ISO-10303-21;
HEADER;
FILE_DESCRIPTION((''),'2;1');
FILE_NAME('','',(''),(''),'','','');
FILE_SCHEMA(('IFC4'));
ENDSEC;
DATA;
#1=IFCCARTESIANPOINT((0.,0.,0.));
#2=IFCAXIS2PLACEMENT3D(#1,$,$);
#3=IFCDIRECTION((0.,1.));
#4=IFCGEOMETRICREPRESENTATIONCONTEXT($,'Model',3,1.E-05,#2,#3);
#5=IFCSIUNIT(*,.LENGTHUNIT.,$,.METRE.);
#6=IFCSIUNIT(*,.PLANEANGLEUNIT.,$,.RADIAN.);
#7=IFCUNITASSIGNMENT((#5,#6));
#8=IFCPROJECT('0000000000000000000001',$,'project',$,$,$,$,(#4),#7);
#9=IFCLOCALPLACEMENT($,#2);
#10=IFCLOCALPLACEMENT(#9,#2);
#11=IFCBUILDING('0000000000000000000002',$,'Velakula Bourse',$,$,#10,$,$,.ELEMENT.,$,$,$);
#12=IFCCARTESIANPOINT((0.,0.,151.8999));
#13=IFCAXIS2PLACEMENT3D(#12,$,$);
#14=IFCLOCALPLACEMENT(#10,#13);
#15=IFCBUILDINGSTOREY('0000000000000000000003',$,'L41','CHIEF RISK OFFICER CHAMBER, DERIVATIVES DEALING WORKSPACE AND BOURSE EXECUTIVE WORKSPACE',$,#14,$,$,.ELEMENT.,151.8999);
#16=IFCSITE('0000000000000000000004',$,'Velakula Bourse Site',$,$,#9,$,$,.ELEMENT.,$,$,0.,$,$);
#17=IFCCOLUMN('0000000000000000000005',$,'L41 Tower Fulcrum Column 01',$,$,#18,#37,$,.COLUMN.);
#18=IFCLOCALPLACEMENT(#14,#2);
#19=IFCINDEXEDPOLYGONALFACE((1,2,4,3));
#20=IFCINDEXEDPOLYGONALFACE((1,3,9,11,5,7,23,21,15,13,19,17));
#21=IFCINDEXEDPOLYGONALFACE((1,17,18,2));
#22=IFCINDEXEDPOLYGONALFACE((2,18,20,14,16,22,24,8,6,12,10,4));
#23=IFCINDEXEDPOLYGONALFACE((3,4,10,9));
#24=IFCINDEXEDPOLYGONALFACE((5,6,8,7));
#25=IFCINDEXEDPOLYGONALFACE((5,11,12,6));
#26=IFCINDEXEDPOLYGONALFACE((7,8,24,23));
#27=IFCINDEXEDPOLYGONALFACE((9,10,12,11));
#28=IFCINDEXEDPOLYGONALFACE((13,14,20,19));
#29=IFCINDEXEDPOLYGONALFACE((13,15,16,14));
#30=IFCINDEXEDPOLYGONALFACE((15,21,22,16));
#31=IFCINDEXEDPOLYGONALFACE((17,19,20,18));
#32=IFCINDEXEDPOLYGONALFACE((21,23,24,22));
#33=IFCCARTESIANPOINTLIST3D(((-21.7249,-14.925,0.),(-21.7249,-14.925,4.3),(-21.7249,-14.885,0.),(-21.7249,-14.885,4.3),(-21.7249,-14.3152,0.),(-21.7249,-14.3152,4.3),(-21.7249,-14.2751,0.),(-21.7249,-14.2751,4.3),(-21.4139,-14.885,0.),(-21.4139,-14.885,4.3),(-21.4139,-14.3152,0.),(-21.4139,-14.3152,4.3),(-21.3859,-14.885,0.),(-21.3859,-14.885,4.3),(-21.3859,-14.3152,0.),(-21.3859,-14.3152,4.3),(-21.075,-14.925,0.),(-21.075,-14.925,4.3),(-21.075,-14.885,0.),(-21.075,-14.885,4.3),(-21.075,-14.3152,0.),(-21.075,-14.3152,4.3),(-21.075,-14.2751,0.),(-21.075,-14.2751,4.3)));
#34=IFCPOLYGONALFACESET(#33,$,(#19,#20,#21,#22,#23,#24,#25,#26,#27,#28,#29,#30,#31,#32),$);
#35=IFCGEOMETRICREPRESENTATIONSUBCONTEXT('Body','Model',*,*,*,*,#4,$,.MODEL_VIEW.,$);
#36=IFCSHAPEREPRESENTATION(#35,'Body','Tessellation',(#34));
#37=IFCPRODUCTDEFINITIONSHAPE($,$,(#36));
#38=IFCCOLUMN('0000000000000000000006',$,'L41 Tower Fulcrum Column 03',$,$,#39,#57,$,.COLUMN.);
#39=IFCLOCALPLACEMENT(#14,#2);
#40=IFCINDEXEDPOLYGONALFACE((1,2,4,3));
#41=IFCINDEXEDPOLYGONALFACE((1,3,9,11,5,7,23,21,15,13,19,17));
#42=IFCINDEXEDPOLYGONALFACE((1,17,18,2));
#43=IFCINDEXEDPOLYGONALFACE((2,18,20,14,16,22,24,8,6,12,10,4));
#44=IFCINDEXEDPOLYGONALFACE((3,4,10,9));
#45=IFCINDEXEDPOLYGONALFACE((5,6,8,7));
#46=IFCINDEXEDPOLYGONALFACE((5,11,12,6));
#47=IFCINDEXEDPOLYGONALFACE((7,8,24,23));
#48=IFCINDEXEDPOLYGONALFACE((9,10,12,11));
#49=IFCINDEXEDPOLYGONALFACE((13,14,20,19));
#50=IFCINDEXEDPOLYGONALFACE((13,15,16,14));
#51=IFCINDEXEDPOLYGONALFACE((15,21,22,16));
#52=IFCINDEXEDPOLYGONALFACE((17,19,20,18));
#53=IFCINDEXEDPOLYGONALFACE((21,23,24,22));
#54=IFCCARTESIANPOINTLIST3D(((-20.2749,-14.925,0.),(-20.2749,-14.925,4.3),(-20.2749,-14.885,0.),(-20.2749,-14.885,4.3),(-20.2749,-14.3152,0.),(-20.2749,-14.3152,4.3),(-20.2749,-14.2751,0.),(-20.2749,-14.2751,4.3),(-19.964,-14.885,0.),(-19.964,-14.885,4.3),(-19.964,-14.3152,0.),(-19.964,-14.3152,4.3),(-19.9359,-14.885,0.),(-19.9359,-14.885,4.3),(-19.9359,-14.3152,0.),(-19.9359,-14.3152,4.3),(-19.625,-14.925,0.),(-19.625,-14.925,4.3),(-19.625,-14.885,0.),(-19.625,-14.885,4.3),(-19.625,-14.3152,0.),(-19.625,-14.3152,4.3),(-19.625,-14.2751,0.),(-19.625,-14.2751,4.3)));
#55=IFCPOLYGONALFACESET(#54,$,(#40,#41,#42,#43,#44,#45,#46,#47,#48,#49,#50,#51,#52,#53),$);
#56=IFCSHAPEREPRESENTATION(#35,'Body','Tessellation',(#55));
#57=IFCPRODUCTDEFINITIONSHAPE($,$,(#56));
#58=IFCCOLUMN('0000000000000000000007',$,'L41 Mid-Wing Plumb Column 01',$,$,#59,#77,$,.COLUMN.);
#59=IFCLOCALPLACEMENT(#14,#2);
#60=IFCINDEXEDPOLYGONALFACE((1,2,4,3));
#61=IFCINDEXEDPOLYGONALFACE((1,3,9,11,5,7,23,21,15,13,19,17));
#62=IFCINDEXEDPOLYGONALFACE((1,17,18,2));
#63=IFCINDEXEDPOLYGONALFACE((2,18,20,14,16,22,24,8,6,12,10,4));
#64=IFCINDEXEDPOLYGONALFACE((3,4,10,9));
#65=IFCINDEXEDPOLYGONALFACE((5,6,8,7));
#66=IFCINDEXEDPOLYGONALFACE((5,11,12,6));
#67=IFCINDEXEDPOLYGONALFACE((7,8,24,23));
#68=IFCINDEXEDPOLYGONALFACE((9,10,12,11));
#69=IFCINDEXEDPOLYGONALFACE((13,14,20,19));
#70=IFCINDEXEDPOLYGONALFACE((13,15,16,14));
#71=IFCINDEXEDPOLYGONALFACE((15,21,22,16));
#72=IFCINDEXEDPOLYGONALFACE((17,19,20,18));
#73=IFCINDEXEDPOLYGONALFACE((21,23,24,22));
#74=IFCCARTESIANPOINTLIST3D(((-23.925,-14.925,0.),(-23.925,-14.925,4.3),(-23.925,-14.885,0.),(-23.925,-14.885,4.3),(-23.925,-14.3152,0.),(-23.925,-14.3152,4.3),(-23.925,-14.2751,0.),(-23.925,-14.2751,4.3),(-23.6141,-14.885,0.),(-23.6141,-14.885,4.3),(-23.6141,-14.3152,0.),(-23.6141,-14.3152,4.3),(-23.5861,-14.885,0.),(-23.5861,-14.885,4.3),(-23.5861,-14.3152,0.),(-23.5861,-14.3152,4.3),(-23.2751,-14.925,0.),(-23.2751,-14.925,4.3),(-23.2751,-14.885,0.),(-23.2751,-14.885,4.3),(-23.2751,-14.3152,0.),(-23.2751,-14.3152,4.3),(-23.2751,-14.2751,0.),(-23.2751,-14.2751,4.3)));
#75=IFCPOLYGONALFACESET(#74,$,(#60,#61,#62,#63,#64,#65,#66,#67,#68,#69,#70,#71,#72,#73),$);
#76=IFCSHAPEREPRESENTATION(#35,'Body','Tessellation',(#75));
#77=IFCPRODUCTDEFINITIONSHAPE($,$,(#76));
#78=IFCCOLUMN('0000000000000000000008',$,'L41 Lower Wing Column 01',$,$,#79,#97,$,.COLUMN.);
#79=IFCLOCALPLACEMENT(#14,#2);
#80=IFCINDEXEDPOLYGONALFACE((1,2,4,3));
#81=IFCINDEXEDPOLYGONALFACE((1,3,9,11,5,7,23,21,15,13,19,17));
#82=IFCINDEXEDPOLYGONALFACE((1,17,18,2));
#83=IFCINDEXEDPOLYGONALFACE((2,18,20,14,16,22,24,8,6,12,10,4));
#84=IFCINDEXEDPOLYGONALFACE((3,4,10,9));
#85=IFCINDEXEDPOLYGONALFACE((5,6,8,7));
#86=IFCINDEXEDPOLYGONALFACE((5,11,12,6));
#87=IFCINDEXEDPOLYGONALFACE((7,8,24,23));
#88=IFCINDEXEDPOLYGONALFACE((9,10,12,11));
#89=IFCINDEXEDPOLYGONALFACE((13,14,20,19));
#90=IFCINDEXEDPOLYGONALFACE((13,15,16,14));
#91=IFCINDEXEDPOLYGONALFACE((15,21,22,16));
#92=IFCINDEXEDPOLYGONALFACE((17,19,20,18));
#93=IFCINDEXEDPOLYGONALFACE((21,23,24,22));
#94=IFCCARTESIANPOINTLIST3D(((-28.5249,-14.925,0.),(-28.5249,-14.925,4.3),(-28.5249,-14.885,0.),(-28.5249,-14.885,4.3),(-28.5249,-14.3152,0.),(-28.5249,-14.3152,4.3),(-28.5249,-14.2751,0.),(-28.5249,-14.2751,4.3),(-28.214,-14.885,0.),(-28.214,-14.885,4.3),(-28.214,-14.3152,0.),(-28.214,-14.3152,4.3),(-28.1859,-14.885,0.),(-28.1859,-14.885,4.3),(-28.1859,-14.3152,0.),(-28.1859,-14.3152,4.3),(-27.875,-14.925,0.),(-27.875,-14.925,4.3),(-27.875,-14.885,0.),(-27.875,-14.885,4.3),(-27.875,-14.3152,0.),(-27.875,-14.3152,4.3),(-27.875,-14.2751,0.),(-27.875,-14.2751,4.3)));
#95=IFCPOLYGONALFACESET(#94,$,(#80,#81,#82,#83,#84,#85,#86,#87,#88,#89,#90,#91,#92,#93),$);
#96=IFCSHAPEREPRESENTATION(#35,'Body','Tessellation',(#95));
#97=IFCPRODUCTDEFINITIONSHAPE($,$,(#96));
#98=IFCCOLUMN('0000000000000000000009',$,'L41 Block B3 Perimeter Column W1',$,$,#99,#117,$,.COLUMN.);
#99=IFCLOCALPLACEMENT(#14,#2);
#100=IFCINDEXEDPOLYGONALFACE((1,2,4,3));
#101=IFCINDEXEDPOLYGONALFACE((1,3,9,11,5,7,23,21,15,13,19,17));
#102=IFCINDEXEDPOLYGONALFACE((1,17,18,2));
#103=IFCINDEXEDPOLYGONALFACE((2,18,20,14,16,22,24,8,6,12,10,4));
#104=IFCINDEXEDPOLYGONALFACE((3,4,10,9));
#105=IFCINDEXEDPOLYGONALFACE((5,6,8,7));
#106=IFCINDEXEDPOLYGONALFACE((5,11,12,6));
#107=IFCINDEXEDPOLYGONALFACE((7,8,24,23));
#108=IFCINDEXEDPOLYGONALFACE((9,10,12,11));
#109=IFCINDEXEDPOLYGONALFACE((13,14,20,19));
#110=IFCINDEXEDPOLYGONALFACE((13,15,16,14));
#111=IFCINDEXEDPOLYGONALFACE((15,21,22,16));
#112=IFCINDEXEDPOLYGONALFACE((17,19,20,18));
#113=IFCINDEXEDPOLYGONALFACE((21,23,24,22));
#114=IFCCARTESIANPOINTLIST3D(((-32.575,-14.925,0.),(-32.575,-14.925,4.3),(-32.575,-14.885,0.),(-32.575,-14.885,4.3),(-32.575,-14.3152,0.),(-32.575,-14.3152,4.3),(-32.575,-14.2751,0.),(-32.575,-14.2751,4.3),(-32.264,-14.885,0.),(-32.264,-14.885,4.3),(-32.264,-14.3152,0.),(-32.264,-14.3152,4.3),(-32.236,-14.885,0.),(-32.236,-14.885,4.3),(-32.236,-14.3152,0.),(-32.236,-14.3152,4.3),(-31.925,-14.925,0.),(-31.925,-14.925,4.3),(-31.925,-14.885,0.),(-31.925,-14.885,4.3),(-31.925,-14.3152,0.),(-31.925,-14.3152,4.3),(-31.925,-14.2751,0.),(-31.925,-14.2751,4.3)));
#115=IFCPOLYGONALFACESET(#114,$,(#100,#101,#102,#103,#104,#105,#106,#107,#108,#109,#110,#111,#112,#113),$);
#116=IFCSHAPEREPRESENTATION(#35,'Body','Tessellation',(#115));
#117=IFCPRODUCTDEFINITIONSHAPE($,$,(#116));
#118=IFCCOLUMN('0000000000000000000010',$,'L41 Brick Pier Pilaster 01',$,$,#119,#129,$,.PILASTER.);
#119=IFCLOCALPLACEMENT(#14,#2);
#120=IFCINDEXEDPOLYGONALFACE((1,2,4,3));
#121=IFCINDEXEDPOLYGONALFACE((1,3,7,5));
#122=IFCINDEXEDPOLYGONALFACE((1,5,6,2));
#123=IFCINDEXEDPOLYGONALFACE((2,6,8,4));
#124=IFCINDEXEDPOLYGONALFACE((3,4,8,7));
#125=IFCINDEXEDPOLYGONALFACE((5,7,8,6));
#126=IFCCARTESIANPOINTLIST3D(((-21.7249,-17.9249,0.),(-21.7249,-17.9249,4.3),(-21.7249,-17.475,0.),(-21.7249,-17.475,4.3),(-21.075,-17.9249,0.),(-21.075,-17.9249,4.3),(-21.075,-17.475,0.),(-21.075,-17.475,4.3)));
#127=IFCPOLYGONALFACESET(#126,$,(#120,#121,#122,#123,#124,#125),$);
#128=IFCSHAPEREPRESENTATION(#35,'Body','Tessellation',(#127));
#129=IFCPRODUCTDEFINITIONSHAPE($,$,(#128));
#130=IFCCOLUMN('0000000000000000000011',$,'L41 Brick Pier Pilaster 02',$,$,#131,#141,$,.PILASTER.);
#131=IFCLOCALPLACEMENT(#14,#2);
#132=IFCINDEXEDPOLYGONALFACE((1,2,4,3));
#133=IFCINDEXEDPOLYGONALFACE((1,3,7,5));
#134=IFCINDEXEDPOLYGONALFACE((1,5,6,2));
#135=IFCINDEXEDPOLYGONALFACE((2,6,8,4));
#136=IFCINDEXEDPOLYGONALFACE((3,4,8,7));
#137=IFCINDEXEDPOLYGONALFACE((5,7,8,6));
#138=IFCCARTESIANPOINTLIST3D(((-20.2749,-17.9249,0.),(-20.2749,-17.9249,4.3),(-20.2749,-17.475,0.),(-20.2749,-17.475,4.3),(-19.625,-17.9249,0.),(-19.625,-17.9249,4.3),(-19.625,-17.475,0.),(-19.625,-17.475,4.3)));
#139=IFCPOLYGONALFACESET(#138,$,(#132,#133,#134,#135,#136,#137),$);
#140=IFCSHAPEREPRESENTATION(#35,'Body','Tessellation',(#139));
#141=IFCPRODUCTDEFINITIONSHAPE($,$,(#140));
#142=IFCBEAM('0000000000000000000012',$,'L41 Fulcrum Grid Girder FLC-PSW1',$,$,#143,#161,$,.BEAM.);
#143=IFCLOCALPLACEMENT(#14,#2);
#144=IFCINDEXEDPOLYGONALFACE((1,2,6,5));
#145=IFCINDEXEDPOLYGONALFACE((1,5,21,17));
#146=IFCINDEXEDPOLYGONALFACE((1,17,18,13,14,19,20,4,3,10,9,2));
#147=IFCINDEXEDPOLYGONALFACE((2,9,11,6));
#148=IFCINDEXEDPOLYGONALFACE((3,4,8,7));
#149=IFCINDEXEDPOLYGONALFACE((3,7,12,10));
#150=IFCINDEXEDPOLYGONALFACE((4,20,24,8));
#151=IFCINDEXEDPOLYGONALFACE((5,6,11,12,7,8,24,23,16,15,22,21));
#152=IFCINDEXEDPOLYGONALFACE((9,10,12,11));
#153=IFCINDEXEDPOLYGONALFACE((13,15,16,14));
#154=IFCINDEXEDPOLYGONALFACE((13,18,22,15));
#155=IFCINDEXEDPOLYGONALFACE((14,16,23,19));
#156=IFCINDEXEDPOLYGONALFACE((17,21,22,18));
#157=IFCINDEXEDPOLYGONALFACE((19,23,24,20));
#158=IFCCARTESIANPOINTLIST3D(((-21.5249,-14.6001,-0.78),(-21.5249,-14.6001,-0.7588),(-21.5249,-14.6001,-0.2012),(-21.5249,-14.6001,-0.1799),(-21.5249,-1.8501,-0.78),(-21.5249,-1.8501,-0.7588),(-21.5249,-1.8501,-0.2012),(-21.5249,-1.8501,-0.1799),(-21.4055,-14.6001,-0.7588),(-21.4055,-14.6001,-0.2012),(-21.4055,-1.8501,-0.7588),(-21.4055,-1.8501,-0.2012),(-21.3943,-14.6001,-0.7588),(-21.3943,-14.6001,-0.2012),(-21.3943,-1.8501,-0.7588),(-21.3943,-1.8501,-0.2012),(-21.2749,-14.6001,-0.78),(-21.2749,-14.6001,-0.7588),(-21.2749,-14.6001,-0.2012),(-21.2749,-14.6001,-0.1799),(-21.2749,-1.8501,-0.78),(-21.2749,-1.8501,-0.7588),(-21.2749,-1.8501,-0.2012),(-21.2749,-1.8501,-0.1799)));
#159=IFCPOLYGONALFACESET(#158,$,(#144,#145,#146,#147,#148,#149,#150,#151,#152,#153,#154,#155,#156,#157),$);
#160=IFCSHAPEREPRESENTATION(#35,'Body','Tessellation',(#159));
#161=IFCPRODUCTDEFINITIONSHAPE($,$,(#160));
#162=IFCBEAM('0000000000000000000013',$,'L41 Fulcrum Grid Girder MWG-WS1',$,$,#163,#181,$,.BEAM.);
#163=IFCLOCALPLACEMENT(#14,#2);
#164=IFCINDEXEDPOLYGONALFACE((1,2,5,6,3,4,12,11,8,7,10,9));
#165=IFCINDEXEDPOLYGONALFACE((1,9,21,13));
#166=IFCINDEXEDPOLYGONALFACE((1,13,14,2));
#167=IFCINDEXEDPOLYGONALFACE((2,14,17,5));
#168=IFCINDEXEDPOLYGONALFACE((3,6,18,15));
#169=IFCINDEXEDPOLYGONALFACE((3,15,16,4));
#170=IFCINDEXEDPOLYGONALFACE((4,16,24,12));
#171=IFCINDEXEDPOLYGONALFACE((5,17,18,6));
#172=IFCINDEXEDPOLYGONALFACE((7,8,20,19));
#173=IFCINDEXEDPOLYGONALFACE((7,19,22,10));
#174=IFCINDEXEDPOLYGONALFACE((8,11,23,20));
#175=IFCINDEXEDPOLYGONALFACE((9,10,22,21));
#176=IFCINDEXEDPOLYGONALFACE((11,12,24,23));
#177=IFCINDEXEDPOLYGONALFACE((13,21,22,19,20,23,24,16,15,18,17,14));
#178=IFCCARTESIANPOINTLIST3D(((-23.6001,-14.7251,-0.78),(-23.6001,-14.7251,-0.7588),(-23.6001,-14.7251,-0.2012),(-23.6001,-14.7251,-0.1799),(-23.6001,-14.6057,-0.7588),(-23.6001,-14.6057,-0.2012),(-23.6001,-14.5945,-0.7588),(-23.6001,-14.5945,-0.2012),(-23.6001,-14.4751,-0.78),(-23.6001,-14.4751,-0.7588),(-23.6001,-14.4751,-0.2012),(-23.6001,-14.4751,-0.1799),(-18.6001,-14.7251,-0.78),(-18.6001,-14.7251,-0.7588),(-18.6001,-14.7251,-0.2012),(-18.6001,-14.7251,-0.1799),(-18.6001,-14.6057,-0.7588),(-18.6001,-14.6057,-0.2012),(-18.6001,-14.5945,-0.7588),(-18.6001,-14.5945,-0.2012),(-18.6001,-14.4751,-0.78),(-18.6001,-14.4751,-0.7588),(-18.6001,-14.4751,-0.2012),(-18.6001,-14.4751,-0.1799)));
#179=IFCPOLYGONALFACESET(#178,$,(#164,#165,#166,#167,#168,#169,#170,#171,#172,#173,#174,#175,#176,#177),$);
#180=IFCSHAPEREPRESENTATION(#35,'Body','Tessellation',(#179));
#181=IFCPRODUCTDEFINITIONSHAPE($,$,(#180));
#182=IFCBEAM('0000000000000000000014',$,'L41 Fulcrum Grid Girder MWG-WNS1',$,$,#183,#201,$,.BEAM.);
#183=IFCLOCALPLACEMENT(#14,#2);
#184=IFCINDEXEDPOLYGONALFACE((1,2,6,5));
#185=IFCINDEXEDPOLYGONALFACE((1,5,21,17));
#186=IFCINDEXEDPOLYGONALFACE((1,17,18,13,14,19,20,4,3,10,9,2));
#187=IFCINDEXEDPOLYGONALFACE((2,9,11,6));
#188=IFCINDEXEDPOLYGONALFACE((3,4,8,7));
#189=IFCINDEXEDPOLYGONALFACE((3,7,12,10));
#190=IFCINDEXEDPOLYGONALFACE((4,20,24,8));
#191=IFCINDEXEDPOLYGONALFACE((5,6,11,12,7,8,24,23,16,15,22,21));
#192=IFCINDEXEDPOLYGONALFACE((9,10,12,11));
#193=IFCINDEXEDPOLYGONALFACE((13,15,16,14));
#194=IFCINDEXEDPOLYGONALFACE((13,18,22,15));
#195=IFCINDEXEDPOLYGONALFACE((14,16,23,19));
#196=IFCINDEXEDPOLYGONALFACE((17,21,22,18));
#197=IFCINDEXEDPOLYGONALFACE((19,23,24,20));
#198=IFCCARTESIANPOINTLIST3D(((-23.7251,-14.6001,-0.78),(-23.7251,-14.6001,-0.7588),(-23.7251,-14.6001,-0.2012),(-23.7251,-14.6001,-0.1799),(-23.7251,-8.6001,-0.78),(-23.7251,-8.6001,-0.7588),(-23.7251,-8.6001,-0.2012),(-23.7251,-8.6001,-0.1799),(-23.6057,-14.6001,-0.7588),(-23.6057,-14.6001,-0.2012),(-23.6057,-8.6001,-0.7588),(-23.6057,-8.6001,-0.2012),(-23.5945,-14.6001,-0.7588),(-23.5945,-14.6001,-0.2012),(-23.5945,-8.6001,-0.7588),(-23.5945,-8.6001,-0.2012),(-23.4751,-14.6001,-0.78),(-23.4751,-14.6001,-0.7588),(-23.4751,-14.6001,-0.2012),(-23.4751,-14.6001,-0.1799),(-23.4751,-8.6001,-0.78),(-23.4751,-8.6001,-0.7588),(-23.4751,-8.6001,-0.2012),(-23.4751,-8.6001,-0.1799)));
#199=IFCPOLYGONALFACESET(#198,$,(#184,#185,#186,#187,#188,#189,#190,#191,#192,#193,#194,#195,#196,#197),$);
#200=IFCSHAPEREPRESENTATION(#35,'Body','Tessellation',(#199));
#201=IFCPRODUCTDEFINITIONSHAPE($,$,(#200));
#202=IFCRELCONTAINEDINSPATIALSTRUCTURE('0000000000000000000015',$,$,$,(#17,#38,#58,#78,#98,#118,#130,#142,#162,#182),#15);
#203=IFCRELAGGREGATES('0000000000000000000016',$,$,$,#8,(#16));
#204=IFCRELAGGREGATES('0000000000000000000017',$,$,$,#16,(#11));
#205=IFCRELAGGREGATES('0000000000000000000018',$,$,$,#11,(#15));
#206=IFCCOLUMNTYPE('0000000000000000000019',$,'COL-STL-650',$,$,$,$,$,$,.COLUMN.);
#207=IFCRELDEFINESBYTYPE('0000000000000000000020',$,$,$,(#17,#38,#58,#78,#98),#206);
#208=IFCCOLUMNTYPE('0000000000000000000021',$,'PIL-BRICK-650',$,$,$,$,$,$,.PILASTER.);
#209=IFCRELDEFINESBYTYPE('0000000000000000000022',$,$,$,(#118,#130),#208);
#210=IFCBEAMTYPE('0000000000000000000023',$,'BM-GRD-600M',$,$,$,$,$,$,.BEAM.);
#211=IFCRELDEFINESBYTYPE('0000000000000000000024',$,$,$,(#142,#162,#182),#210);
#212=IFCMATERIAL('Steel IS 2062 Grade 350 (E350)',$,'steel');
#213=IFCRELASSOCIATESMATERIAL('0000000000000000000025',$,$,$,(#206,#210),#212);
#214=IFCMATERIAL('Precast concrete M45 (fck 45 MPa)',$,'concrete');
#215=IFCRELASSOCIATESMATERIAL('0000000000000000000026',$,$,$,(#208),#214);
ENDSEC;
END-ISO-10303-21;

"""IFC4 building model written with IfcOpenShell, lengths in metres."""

from ifc_helpers import new_model, si_unit, direction, frame, origin, origin_2d, place, context, subcontext, project, spatial, rectangle, i_section, extrude, material, material_profile, profile_set, type_object, element, save


model = new_model("IFC4")

# Units and contexts
model_context = context("Model", 3, precision=1e-05, world=origin(), true_north=direction((0.0, 1.0)))
body_context = subcontext(model_context, "Body", "Model", "MODEL_VIEW")
ifc_project = project(units=[si_unit("LENGTHUNIT", "METRE"), si_unit("PLANEANGLEUNIT", "RADIAN")], contexts=[model_context])

# Site, building, storey
site_placement = place(None, origin())
site = spatial("IfcSite", under=ifc_project, at=site_placement, Name="Velakula Bourse Site", CompositionType="ELEMENT", RefElevation=0.0)
building_placement = place(site_placement, origin())
building = spatial("IfcBuilding", under=site, at=building_placement, Name="Velakula Bourse", CompositionType="ELEMENT")
storey_placement = place(building_placement, frame((0.0, 0.0, 151.8999)))
storey = spatial("IfcBuildingStorey", under=building, at=storey_placement, Name="L41", Description="CHIEF RISK OFFICER CHAMBER, DERIVATIVES DEALING WORKSPACE AND BOURSE EXECUTIVE WORKSPACE", CompositionType="ELEMENT", Elevation=151.8999)

# Columns
ifc_material_1 = material(Name="Steel IS 2062 Grade 350 (E350)", Category="steel")
ifc_material_profile_1 = material_profile(ifc_material_1, i_section(OverallWidth=0.6499, OverallDepth=0.6499, WebThickness=0.0281, FlangeThickness=0.04, at=origin_2d()), Name="Steel IS 2062 Grade 350 (E350)")
ifc_profile_set_1 = profile_set([ifc_material_profile_1], Name="Steel IS 2062 Grade 350 (E350)")
column_type_1 = type_object("IfcColumnType", Name="COL-STL-650", PredefinedType="COLUMN", material=ifc_profile_set_1)
for number, where, z_axis, x_axis, name in (
    (1, (-21.3999, -14.6001, 0.0), (0.0, 0.0, 1.0), (1.0, 0.0, 0.0), "L41 Tower Fulcrum Column 01"),
    (2, (-19.95, -14.6001, 0.0), (0.0, 0.0, 1.0), (1.0, 0.0, 0.0), "L41 Tower Fulcrum Column 03"),
    (3, (-23.6001, -14.6001, 0.0), (0.0, 0.0, 1.0), (1.0, 0.0, 0.0), "L41 Mid-Wing Plumb Column 01"),
    (4, (-28.2, -14.6001, 0.0), (0.0, 0.0, 1.0), (1.0, 0.0, 0.0), "L41 Lower Wing Column 01"),
    (5, (-32.25, -14.6001, 0.0), (0.0, 0.0, 1.0), (1.0, 0.0, 0.0), "L41 Block B3 Perimeter Column W1"),
):
    element("IfcColumn", number, at=place(storey_placement, frame(where, z_axis=z_axis, x_axis=x_axis)), inside=storey, type_object=column_type_1, Name=name, PredefinedType="COLUMN", context=body_context, shape_type="SweptSolid", body=[
        extrude(i_section(OverallWidth=0.6499, OverallDepth=0.6499, WebThickness=0.0281, FlangeThickness=0.04, at=origin_2d()), origin(), (0.0, 0.0, 1.0), 4.3),
    ])
ifc_material_2 = material(Name="Precast concrete M45 (fck 45 MPa)", Category="concrete")
ifc_material_profile_2 = material_profile(ifc_material_2, rectangle(XDim=0.6499, YDim=0.45, at=origin_2d()), Name="Precast concrete M45 (fck 45 MPa)")
ifc_profile_set_2 = profile_set([ifc_material_profile_2], Name="Precast concrete M45 (fck 45 MPa)")
column_type_2 = type_object("IfcColumnType", Name="PIL-BRICK-650", PredefinedType="PILASTER", material=ifc_profile_set_2)
for number, where, z_axis, x_axis, name in (
    (6, (-21.3999, -17.7, 0.0), (0.0, 0.0, 1.0), (1.0, 0.0, 0.0), "L41 Brick Pier Pilaster 01"),
    (7, (-19.95, -17.7, 0.0), (0.0, 0.0, 1.0), (1.0, 0.0, 0.0), "L41 Brick Pier Pilaster 02"),
):
    element("IfcColumn", number, at=place(storey_placement, frame(where, z_axis=z_axis, x_axis=x_axis)), inside=storey, type_object=column_type_2, Name=name, PredefinedType="PILASTER", context=body_context, shape_type="SweptSolid", body=[
        extrude(rectangle(XDim=0.6499, YDim=0.45, at=origin_2d()), origin(), (0.0, 0.0, 1.0), 4.3),
    ])

# Beams
ifc_material_profile_3 = material_profile(ifc_material_1, i_section(OverallWidth=0.25, OverallDepth=0.6001, WebThickness=0.0112, FlangeThickness=0.0212, at=origin_2d()), Name="Steel IS 2062 Grade 350 (E350)")
ifc_profile_set_3 = profile_set([ifc_material_profile_3], Name="Steel IS 2062 Grade 350 (E350)")
beam_type_1 = type_object("IfcBeamType", Name="BM-GRD-600M", PredefinedType="BEAM", material=ifc_profile_set_3)
beam_1_placement = place(storey_placement, frame((-21.3999, -14.6001, -0.48), z_axis=(0.0, 1.0, 0.0), x_axis=(-1.0, 0.0, 0.0)))
element("IfcBeam", 8, at=beam_1_placement, inside=storey, type_object=beam_type_1, Name="L41 Fulcrum Grid Girder FLC-PSW1", PredefinedType="BEAM", context=body_context, shape_type="SweptSolid", body=[
    extrude(i_section(OverallWidth=0.25, OverallDepth=0.6001, WebThickness=0.0112, FlangeThickness=0.0212, at=origin_2d()), origin(), (0.0, 0.0, 1.0), 12.75),
])
beam_2_placement = place(storey_placement, frame((-23.6001, -14.6001, -0.48), z_axis=(1.0, 0.0, 0.0), x_axis=(0.0, 1.0, 0.0)))
element("IfcBeam", 9, at=beam_2_placement, inside=storey, type_object=beam_type_1, Name="L41 Fulcrum Grid Girder MWG-WS1", PredefinedType="BEAM", context=body_context, shape_type="SweptSolid", body=[
    extrude(i_section(OverallWidth=0.25, OverallDepth=0.6001, WebThickness=0.0112, FlangeThickness=0.0212, at=origin_2d()), origin(), (0.0, 0.0, 1.0), 5.0),
])
beam_3_placement = place(storey_placement, frame((-23.6001, -14.6001, -0.48), z_axis=(0.0, 1.0, 0.0), x_axis=(-1.0, 0.0, 0.0)))
element("IfcBeam", 10, at=beam_3_placement, inside=storey, type_object=beam_type_1, Name="L41 Fulcrum Grid Girder MWG-WNS1", PredefinedType="BEAM", context=body_context, shape_type="SweptSolid", body=[
    extrude(i_section(OverallWidth=0.25, OverallDepth=0.6001, WebThickness=0.0112, FlangeThickness=0.0212, at=origin_2d()), origin(), (0.0, 0.0, 1.0), 6.0),
])

save(model, "model.ifc")
